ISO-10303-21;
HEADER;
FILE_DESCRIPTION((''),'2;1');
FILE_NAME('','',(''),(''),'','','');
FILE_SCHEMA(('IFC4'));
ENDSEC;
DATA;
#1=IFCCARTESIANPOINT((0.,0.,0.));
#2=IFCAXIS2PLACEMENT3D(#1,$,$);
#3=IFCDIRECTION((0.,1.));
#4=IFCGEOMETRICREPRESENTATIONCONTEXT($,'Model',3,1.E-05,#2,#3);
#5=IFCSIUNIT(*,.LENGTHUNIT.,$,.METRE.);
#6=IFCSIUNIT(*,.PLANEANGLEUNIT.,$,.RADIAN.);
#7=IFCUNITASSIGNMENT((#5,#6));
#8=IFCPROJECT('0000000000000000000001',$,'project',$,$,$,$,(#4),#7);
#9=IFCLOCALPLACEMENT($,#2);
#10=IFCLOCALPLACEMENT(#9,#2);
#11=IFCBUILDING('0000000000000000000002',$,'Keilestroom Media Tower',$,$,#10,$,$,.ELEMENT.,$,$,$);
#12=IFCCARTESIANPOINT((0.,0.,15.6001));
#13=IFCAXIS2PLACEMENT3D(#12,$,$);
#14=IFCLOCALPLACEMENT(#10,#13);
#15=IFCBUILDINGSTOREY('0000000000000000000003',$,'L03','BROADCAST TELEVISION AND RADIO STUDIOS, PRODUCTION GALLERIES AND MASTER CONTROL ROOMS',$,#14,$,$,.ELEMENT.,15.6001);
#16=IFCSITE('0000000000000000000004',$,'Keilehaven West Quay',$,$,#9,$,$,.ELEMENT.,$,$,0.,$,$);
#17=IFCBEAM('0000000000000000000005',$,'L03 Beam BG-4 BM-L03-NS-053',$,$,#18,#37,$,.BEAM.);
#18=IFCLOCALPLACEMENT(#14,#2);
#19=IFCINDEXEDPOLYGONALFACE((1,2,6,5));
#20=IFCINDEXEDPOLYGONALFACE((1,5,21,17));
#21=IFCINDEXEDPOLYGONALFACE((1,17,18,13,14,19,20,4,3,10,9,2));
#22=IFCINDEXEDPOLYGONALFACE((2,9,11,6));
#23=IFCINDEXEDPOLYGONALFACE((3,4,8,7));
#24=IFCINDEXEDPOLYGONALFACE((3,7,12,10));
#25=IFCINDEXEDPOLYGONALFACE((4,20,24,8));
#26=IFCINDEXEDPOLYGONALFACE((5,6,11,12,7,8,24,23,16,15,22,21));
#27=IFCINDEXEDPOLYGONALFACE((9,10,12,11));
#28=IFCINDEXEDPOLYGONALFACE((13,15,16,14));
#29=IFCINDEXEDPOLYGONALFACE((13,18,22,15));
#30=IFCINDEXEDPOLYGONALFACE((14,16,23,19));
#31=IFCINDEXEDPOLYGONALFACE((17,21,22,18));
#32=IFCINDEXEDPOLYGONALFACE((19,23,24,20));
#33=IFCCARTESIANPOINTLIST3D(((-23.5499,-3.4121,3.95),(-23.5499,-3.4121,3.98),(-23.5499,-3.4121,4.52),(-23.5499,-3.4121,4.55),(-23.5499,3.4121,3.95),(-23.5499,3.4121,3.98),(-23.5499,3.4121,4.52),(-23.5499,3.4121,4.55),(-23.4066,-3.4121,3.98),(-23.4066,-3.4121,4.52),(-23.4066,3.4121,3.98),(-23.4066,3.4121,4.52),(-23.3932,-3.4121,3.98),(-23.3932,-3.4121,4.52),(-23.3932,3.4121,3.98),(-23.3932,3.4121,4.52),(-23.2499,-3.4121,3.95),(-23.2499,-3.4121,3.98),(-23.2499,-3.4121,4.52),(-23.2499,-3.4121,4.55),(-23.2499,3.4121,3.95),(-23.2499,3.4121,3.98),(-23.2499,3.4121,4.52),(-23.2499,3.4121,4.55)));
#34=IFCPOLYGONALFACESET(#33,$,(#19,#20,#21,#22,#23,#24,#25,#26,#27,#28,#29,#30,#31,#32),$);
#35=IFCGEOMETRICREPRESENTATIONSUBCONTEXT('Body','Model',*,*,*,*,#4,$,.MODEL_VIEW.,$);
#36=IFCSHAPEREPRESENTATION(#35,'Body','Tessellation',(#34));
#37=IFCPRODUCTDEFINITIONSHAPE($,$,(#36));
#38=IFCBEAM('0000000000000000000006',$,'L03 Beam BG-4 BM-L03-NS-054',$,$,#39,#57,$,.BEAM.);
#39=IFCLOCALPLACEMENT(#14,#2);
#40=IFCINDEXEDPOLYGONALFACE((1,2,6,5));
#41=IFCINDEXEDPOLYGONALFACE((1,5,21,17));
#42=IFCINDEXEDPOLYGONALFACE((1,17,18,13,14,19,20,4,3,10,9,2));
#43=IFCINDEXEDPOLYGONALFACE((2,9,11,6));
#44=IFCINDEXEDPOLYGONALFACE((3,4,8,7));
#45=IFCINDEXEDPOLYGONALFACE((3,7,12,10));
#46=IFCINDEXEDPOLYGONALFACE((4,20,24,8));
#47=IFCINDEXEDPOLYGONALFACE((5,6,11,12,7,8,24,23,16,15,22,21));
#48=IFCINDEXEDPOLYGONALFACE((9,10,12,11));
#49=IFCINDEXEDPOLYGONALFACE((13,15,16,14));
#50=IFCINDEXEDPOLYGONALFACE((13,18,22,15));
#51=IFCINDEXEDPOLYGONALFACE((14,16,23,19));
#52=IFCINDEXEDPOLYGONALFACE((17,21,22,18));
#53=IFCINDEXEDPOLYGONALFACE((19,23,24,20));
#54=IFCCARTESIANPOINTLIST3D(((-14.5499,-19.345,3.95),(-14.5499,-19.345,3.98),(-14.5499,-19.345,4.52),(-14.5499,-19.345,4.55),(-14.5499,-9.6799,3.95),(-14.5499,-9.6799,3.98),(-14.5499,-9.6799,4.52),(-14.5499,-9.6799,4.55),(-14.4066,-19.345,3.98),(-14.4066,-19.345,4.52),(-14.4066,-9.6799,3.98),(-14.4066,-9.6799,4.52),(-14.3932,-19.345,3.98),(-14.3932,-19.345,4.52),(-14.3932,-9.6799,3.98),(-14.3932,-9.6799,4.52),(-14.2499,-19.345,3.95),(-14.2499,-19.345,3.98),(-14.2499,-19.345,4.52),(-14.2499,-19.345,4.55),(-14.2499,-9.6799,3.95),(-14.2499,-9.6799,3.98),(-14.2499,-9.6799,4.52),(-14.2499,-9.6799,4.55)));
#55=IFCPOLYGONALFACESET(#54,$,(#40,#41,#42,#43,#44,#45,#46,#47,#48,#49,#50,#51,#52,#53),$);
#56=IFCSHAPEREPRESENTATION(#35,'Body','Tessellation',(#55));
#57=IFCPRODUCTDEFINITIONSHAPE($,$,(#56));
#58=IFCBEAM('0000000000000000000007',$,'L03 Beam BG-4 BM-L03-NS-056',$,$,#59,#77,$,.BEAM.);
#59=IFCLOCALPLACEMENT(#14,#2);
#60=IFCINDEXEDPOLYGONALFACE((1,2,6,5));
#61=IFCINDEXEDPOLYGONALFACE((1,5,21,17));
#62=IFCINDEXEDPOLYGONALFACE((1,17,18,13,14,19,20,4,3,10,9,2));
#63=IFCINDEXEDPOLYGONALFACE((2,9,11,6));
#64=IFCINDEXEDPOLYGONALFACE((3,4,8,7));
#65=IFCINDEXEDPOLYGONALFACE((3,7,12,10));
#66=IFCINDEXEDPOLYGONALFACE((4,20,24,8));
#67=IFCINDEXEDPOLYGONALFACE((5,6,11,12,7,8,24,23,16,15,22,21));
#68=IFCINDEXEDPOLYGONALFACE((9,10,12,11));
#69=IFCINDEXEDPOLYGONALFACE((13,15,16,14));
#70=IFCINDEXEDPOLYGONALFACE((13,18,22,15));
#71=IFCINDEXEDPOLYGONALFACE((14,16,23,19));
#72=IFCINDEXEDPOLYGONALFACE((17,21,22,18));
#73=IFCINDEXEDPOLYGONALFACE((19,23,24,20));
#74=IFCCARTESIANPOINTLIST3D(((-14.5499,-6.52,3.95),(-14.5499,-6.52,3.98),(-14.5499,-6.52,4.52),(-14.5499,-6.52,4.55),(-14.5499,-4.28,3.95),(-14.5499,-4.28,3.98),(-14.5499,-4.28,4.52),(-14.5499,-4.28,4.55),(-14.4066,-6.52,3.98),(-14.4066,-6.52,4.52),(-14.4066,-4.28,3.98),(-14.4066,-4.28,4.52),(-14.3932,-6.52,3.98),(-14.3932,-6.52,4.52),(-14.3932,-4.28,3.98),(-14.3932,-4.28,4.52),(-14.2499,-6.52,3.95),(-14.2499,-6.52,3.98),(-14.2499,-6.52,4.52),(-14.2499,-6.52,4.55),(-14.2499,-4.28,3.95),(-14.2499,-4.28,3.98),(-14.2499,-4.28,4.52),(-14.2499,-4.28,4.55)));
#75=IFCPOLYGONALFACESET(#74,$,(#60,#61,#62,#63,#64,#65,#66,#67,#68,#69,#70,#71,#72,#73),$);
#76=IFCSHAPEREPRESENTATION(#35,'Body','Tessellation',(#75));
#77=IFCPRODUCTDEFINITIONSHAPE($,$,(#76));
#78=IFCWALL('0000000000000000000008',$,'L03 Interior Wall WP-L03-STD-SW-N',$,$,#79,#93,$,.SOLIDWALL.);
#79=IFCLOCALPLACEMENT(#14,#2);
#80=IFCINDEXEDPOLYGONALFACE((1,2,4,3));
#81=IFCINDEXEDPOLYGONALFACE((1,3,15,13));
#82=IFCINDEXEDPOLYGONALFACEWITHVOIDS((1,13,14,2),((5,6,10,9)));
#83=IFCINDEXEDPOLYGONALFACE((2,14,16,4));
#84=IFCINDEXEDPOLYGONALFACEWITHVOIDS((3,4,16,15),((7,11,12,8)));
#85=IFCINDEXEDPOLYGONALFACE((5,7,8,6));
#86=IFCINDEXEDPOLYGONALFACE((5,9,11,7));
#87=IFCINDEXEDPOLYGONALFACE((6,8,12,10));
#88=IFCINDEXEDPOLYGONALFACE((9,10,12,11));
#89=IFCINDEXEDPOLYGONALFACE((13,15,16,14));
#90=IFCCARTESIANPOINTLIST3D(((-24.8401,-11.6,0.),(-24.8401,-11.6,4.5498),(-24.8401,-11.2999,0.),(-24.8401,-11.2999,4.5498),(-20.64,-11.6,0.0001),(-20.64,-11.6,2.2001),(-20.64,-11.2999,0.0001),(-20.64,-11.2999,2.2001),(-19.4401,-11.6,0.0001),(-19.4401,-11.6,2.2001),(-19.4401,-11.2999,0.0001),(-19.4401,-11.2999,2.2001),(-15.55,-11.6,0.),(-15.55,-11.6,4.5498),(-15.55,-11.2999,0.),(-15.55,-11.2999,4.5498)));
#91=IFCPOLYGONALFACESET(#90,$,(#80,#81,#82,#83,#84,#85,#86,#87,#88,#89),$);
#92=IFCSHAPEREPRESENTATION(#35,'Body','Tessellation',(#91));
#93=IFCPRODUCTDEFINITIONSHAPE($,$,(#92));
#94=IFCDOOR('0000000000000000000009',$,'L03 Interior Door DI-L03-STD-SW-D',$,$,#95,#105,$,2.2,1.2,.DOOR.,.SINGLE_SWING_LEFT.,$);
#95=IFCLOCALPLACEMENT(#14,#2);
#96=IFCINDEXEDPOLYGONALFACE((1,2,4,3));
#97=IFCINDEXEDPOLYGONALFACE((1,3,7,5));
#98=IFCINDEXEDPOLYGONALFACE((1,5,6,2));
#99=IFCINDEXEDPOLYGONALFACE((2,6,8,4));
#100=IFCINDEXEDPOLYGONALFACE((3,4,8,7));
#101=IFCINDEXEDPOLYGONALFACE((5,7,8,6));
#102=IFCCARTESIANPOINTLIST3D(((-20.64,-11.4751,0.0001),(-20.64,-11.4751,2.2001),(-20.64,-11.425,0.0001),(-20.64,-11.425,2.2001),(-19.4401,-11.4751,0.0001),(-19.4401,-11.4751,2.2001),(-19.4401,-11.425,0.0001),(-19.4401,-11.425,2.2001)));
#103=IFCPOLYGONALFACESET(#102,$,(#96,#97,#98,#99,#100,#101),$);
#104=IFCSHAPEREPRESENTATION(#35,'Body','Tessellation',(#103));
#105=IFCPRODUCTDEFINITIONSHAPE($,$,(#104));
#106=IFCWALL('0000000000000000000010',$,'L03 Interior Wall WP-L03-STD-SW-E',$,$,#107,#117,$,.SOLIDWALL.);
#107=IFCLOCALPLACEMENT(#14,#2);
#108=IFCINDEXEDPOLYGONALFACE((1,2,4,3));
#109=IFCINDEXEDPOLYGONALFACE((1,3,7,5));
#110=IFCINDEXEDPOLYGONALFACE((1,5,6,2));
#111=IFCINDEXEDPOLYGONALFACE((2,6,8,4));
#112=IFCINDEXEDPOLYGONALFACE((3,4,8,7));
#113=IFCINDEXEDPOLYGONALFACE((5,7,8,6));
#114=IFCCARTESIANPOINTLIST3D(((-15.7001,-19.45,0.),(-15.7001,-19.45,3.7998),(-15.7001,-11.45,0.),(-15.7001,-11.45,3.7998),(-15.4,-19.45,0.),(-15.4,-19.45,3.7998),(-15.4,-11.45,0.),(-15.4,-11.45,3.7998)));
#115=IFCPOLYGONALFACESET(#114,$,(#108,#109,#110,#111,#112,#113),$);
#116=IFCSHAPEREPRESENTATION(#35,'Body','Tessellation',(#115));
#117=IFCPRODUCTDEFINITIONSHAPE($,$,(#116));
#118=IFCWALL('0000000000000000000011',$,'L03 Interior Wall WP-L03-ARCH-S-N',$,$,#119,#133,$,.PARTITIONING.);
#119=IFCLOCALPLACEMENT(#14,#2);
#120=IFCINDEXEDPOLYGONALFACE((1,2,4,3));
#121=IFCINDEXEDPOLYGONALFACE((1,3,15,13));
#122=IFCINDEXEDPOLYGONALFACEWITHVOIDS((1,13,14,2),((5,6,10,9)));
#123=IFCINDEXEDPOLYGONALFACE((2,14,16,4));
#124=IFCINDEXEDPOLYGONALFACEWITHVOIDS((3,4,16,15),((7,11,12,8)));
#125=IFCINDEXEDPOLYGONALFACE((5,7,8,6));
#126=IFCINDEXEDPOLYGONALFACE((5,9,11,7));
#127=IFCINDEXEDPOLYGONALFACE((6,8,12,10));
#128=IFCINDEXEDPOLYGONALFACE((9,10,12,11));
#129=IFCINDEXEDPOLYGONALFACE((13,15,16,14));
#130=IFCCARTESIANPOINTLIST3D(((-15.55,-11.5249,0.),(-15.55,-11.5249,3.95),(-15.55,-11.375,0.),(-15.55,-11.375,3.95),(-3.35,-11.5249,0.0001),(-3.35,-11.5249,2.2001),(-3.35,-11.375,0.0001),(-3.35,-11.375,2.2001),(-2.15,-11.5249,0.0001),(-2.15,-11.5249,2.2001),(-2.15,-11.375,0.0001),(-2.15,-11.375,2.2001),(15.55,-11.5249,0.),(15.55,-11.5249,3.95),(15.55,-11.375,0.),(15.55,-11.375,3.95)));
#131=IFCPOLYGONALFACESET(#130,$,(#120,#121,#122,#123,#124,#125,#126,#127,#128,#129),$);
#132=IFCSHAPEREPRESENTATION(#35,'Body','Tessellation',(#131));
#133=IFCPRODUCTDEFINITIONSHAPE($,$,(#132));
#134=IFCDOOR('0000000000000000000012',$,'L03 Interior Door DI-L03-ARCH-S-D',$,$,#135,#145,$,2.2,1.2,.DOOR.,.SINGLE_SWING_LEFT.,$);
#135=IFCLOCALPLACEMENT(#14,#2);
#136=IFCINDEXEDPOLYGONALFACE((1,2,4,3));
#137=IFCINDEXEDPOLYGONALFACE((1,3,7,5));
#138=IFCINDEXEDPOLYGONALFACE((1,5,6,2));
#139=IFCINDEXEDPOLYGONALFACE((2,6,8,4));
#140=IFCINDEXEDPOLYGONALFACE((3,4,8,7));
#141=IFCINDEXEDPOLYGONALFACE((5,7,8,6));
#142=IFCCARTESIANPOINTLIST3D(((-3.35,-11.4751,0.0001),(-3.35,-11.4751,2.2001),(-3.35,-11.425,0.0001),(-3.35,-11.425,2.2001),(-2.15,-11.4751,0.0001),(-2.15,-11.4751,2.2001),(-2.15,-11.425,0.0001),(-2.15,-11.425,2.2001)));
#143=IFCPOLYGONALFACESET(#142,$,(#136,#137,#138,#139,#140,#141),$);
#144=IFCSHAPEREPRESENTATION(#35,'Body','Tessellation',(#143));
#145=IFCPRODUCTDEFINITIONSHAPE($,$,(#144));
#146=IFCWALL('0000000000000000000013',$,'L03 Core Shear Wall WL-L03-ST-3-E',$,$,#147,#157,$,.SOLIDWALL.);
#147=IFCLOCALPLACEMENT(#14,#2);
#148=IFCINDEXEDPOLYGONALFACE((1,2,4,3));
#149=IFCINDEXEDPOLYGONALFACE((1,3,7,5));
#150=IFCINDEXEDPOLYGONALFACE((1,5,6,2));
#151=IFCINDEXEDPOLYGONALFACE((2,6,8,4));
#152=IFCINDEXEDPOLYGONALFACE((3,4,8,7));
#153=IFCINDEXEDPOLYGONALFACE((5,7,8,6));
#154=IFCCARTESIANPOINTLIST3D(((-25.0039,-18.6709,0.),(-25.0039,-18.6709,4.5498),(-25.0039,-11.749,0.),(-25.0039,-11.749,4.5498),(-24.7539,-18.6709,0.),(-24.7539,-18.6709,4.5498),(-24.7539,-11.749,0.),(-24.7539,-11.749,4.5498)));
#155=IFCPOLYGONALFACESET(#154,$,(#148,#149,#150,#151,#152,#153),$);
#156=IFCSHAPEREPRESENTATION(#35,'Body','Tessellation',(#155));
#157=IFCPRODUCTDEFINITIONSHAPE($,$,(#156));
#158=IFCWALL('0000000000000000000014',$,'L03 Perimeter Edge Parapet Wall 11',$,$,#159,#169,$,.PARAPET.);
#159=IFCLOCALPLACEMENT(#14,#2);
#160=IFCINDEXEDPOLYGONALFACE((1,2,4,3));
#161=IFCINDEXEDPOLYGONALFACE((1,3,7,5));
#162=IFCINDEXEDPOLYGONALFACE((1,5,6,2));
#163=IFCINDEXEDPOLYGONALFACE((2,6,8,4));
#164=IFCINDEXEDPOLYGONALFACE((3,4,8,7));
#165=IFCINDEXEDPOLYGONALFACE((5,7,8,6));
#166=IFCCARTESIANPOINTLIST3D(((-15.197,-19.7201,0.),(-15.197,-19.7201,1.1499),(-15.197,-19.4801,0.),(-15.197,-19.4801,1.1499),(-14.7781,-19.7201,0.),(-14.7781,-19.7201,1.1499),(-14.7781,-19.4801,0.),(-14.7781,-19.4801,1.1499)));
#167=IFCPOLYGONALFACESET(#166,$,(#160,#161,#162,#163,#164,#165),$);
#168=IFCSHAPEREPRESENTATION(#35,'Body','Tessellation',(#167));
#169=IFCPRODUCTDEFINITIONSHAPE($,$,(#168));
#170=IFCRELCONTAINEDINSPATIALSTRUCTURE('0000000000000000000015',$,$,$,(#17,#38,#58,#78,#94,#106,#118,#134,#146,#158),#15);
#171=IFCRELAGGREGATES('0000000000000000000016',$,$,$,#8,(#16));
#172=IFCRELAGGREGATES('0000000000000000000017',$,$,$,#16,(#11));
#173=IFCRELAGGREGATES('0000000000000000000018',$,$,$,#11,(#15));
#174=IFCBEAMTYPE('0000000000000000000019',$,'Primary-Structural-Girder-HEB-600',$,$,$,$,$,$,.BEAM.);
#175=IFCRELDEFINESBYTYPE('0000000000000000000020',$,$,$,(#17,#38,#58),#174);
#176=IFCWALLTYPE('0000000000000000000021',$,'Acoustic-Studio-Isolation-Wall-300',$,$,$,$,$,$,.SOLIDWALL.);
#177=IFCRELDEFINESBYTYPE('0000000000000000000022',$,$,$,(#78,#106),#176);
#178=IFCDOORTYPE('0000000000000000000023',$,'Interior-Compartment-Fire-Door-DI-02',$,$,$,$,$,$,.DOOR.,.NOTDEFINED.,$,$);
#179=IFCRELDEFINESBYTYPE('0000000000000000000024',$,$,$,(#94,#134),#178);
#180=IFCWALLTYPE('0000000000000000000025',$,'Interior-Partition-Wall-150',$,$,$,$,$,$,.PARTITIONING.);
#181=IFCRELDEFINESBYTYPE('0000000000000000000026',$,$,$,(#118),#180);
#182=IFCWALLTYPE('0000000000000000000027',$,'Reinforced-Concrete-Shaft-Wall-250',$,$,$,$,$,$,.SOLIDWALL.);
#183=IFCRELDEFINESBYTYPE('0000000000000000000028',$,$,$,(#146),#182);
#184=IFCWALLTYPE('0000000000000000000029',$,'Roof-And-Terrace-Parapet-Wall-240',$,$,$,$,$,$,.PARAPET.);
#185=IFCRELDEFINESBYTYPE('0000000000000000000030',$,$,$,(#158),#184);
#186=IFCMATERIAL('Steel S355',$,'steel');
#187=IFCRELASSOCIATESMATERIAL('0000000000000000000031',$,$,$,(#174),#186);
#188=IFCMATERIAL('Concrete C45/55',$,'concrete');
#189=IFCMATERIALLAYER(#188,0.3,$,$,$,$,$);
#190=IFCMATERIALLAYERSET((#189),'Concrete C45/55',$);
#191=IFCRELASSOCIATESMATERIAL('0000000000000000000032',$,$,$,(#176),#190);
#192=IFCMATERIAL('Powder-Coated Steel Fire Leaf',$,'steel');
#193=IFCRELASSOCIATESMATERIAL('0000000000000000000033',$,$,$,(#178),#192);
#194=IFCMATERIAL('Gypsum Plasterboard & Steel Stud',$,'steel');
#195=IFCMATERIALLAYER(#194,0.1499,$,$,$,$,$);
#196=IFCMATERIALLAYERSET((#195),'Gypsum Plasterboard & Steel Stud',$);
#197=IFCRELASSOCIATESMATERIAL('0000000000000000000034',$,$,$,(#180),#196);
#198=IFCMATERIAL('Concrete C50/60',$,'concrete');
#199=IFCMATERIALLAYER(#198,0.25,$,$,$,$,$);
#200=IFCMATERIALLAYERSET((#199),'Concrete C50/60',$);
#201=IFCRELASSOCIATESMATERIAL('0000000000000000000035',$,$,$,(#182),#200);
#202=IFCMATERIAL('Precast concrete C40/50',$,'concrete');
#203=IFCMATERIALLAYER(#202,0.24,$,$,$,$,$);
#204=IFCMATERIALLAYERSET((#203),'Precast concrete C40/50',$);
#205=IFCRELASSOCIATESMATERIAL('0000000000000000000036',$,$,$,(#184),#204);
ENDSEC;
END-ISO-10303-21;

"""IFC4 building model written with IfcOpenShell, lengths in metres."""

from ifc_helpers import new_model, si_unit, direction, frame, frame_2d, origin, origin_2d, place, context, subcontext, project, spatial, rectangle, i_section, extrude, source, transform, mapped, material, layer, layer_set, material_profile, profile_set, type_object, element, fill, save


model = new_model("IFC4")

# Units and contexts
model_context = context("Model", 3, precision=1e-05, world=origin(), true_north=direction((0.0, 1.0)))
body_context = subcontext(model_context, "Body", "Model", "MODEL_VIEW")
ifc_project = project(units=[si_unit("LENGTHUNIT", "METRE"), si_unit("PLANEANGLEUNIT", "RADIAN")], contexts=[model_context])

# Site, building, storey
site_placement = place(None, origin())
site = spatial("IfcSite", under=ifc_project, at=site_placement, Name="Keilehaven West Quay", CompositionType="ELEMENT", RefElevation=0.0)
building_placement = place(site_placement, origin())
building = spatial("IfcBuilding", under=site, at=building_placement, Name="Keilestroom Media Tower", CompositionType="ELEMENT")
storey_placement = place(building_placement, frame((0.0, 0.0, 15.6001)))
storey = spatial("IfcBuildingStorey", under=building, at=storey_placement, Name="L03", Description="BROADCAST TELEVISION AND RADIO STUDIOS, PRODUCTION GALLERIES AND MASTER CONTROL ROOMS", CompositionType="ELEMENT", Elevation=15.6001)

# Shared definitions
ifc_material_1 = material(Name="Precast concrete C40/50", Category="concrete")

# Beams
ifc_material_2 = material(Name="Steel S355", Category="steel")
ifc_material_profile_1 = material_profile(ifc_material_2, i_section(OverallWidth=0.3, OverallDepth=0.6001, WebThickness=0.0134, FlangeThickness=0.03, at=origin_2d()), Name="HEB 600")
ifc_profile_set_1 = profile_set([ifc_material_profile_1], Name="Steel S355")
beam_type_1 = type_object("IfcBeamType", Name="Primary-Structural-Girder-HEB-600", PredefinedType="BEAM", material=ifc_profile_set_1)
shared_shape_1 = source(origin(), body_context, "Body", "SweptSolid", [
    extrude(i_section(OverallWidth=0.3, OverallDepth=0.6001, WebThickness=0.0134, FlangeThickness=0.03, at=origin_2d()), origin(), (0.0, 0.0, 1.0), 6.8242),
])
beam_1_placement = place(storey_placement, frame((-23.3999, -3.4121, 4.25), z_axis=(0.0, 1.0, 0.0), x_axis=(-1.0, 0.0, 0.0)))
element("IfcBeam", 1, at=beam_1_placement, inside=storey, type_object=beam_type_1, Name="L03 Beam BG-4 BM-L03-NS-053", PredefinedType="BEAM", context=body_context, shape_type="MappedRepresentation", body=[
    mapped(shared_shape_1, transform((0.0, 0.0, 0.0), x_axis=(1.0, 0.0, 0.0), y_axis=(0.0, 1.0, 0.0), z_axis=(0.0, 0.0, 1.0), scale=1.0)),
])
shared_shape_2 = source(origin(), body_context, "Body", "SweptSolid", [
    extrude(i_section(OverallWidth=0.3, OverallDepth=0.6001, WebThickness=0.0134, FlangeThickness=0.03, at=origin_2d()), origin(), (0.0, 0.0, 1.0), 9.665),
])
beam_2_placement = place(storey_placement, frame((-14.3999, -19.345, 4.25), z_axis=(0.0, 1.0, 0.0), x_axis=(-1.0, 0.0, 0.0)))
element("IfcBeam", 2, at=beam_2_placement, inside=storey, type_object=beam_type_1, Name="L03 Beam BG-4 BM-L03-NS-054", PredefinedType="BEAM", context=body_context, shape_type="MappedRepresentation", body=[
    mapped(shared_shape_2, transform((0.0, 0.0, 0.0), x_axis=(1.0, 0.0, 0.0), y_axis=(0.0, 1.0, 0.0), z_axis=(0.0, 0.0, 1.0), scale=1.0)),
])
shared_shape_3 = source(origin(), body_context, "Body", "SweptSolid", [
    extrude(i_section(OverallWidth=0.3, OverallDepth=0.6001, WebThickness=0.0134, FlangeThickness=0.03, at=origin_2d()), origin(), (0.0, 0.0, 1.0), 2.24),
])
beam_3_placement = place(storey_placement, frame((-14.3999, -6.52, 4.25), z_axis=(0.0, 1.0, 0.0), x_axis=(-1.0, 0.0, 0.0)))
element("IfcBeam", 3, at=beam_3_placement, inside=storey, type_object=beam_type_1, Name="L03 Beam BG-4 BM-L03-NS-056", PredefinedType="BEAM", context=body_context, shape_type="MappedRepresentation", body=[
    mapped(shared_shape_3, transform((0.0, 0.0, 0.0), x_axis=(1.0, 0.0, 0.0), y_axis=(0.0, 1.0, 0.0), z_axis=(0.0, 0.0, 1.0), scale=1.0)),
])

# Wall, opening, door
ifc_material_3 = material(Name="Concrete C45/55", Category="concrete")
ifc_layer_1 = layer(ifc_material_3, 0.3)
ifc_layer_set_1 = layer_set([ifc_layer_1], Name="Concrete C45/55")
wall_type_1 = type_object("IfcWallType", Name="Acoustic-Studio-Isolation-Wall-300", PredefinedType="SOLIDWALL", material=ifc_layer_set_1)
wall_1_placement = place(storey_placement, frame((-24.8401, -11.45, 0.0), z_axis=(0.0, 0.0, 1.0), x_axis=(1.0, 0.0, 0.0)))
wall_1 = element("IfcWall", 4, at=wall_1_placement, inside=storey, type_object=wall_type_1, Name="L03 Interior Wall WP-L03-STD-SW-N", PredefinedType="SOLIDWALL", context=body_context, shape_type="SweptSolid", body=[
    extrude(rectangle(XDim=9.29, YDim=0.3, at=frame_2d((4.645, 0.0))), origin(), (0.0, 0.0, 1.0), 4.5498),
])
opening_1_placement = place(wall_1_placement, frame((4.2, 0.0, 0.0)))
opening_1 = element("IfcOpeningElement", 5, at=opening_1_placement, cuts=wall_1, PredefinedType="OPENING", context=body_context, shape_type="SweptSolid", body=[
    extrude(rectangle(XDim=1.2, YDim=2.2, at=frame_2d((0.6001, 1.1001))), frame((0.0, 0.1602, 0.0), z_axis=(0.0, -1.0, 0.0), x_axis=(1.0, 0.0, 0.0)), (0.0, 0.0, 1.0), 0.3201),
])
ifc_material_4 = material(Name="Powder-Coated Steel Fire Leaf", Category="steel")
door_type = type_object("IfcDoorType", Name="Interior-Compartment-Fire-Door-DI-02", OperationType="NOTDEFINED", PredefinedType="DOOR", material=ifc_material_4)
shared_shape_4 = source(origin(), body_context, "Body", "SweptSolid", [
    extrude(rectangle(XDim=1.2, YDim=2.2, at=frame_2d((0.6001, 1.1001))), frame((0.0, 0.0249, 0.0), z_axis=(0.0, -1.0, 0.0), x_axis=(1.0, 0.0, 0.0)), (0.0, 0.0, 1.0), 0.05),
])
door_1_placement = place(opening_1_placement, origin())
door_1 = element("IfcDoor", 6, at=door_1_placement, inside=storey, type_object=door_type, Name="L03 Interior Door DI-L03-STD-SW-D", OperationType="SINGLE_SWING_LEFT", OverallHeight=2.2, OverallWidth=1.2, PredefinedType="DOOR", context=body_context, shape_type="MappedRepresentation", body=[
    mapped(shared_shape_4, transform((0.0, 0.0, 0.0), x_axis=(1.0, 0.0, 0.0), y_axis=(0.0, 1.0, 0.0), z_axis=(0.0, 0.0, 1.0), scale=1.0)),
])
fill(opening_1, door_1)

# Wall
wall_2_placement = place(storey_placement, frame((-15.55, -19.45, 0.0), z_axis=(0.0, 0.0, 1.0), x_axis=(0.0, 1.0, 0.0)))
element("IfcWall", 7, at=wall_2_placement, inside=storey, type_object=wall_type_1, Name="L03 Interior Wall WP-L03-STD-SW-E", PredefinedType="SOLIDWALL", context=body_context, shape_type="SweptSolid", body=[
    extrude(rectangle(XDim=8.0, YDim=0.3, at=frame_2d((4.0, 0.0))), origin(), (0.0, 0.0, 1.0), 3.7998),
])

# Wall, opening, door
ifc_material_5 = material(Name="Gypsum Plasterboard & Steel Stud", Category="steel")
ifc_layer_2 = layer(ifc_material_5, 0.1499)
ifc_layer_set_2 = layer_set([ifc_layer_2], Name="Gypsum Plasterboard & Steel Stud")
wall_type_2 = type_object("IfcWallType", Name="Interior-Partition-Wall-150", PredefinedType="PARTITIONING", material=ifc_layer_set_2)
wall_3_placement = place(storey_placement, frame((-15.55, -11.45, 0.0), z_axis=(0.0, 0.0, 1.0), x_axis=(1.0, 0.0, 0.0)))
wall_3 = element("IfcWall", 8, at=wall_3_placement, inside=storey, type_object=wall_type_2, Name="L03 Interior Wall WP-L03-ARCH-S-N", PredefinedType="PARTITIONING", context=body_context, shape_type="SweptSolid", body=[
    extrude(rectangle(XDim=31.1001, YDim=0.1499, at=frame_2d((15.55, 0.0))), origin(), (0.0, 0.0, 1.0), 3.95),
])
opening_2_placement = place(wall_3_placement, frame((12.2, 0.0, 0.0)))
opening_2 = element("IfcOpeningElement", 9, at=opening_2_placement, cuts=wall_3, PredefinedType="OPENING", context=body_context, shape_type="SweptSolid", body=[
    extrude(rectangle(XDim=1.2, YDim=2.2, at=frame_2d((0.6001, 1.1001))), frame((0.0, 0.085, 0.0), z_axis=(0.0, -1.0, 0.0), x_axis=(1.0, 0.0, 0.0)), (0.0, 0.0, 1.0), 0.1699),
])
door_2_placement = place(opening_2_placement, origin())
door_2 = element("IfcDoor", 10, at=door_2_placement, inside=storey, type_object=door_type, Name="L03 Interior Door DI-L03-ARCH-S-D", OperationType="SINGLE_SWING_LEFT", OverallHeight=2.2, OverallWidth=1.2, PredefinedType="DOOR", context=body_context, shape_type="MappedRepresentation", body=[
    mapped(shared_shape_4, transform((0.0, 0.0, 0.0), x_axis=(1.0, 0.0, 0.0), y_axis=(0.0, 1.0, 0.0), z_axis=(0.0, 0.0, 1.0), scale=1.0)),
])
fill(opening_2, door_2)

# Walls
ifc_material_6 = material(Name="Concrete C50/60", Category="concrete")
ifc_layer_3 = layer(ifc_material_6, 0.25)
ifc_layer_set_3 = layer_set([ifc_layer_3], Name="Concrete C50/60")
wall_type_3 = type_object("IfcWallType", Name="Reinforced-Concrete-Shaft-Wall-250", PredefinedType="SOLIDWALL", material=ifc_layer_set_3)
wall_4_placement = place(storey_placement, frame((-24.8789, -18.6709, 0.0), z_axis=(0.0, 0.0, 1.0), x_axis=(0.0, 1.0, 0.0)))
element("IfcWall", 11, at=wall_4_placement, inside=storey, type_object=wall_type_3, Name="L03 Core Shear Wall WL-L03-ST-3-E", PredefinedType="SOLIDWALL", context=body_context, shape_type="SweptSolid", body=[
    extrude(rectangle(XDim=6.9219, YDim=0.25, at=frame_2d((3.4609, 0.0))), origin(), (0.0, 0.0, 1.0), 4.5498),
])
ifc_layer_4 = layer(ifc_material_1, 0.24)
ifc_layer_set_4 = layer_set([ifc_layer_4], Name="Precast concrete C40/50")
wall_type_4 = type_object("IfcWallType", Name="Roof-And-Terrace-Parapet-Wall-240", PredefinedType="PARAPET", material=ifc_layer_set_4)
wall_5_placement = place(storey_placement, frame((-14.7781, -19.6001, 0.0), z_axis=(0.0, 0.0, 1.0), x_axis=(-1.0, 0.0, 0.0)))
element("IfcWall", 12, at=wall_5_placement, inside=storey, type_object=wall_type_4, Name="L03 Perimeter Edge Parapet Wall 11", PredefinedType="PARAPET", context=body_context, shape_type="SweptSolid", body=[
    extrude(rectangle(XDim=0.4189, YDim=0.24, at=frame_2d((0.2095, 0.0))), origin(), (0.0, 0.0, 1.0), 1.1499),
])

save(model, "model.ifc")
